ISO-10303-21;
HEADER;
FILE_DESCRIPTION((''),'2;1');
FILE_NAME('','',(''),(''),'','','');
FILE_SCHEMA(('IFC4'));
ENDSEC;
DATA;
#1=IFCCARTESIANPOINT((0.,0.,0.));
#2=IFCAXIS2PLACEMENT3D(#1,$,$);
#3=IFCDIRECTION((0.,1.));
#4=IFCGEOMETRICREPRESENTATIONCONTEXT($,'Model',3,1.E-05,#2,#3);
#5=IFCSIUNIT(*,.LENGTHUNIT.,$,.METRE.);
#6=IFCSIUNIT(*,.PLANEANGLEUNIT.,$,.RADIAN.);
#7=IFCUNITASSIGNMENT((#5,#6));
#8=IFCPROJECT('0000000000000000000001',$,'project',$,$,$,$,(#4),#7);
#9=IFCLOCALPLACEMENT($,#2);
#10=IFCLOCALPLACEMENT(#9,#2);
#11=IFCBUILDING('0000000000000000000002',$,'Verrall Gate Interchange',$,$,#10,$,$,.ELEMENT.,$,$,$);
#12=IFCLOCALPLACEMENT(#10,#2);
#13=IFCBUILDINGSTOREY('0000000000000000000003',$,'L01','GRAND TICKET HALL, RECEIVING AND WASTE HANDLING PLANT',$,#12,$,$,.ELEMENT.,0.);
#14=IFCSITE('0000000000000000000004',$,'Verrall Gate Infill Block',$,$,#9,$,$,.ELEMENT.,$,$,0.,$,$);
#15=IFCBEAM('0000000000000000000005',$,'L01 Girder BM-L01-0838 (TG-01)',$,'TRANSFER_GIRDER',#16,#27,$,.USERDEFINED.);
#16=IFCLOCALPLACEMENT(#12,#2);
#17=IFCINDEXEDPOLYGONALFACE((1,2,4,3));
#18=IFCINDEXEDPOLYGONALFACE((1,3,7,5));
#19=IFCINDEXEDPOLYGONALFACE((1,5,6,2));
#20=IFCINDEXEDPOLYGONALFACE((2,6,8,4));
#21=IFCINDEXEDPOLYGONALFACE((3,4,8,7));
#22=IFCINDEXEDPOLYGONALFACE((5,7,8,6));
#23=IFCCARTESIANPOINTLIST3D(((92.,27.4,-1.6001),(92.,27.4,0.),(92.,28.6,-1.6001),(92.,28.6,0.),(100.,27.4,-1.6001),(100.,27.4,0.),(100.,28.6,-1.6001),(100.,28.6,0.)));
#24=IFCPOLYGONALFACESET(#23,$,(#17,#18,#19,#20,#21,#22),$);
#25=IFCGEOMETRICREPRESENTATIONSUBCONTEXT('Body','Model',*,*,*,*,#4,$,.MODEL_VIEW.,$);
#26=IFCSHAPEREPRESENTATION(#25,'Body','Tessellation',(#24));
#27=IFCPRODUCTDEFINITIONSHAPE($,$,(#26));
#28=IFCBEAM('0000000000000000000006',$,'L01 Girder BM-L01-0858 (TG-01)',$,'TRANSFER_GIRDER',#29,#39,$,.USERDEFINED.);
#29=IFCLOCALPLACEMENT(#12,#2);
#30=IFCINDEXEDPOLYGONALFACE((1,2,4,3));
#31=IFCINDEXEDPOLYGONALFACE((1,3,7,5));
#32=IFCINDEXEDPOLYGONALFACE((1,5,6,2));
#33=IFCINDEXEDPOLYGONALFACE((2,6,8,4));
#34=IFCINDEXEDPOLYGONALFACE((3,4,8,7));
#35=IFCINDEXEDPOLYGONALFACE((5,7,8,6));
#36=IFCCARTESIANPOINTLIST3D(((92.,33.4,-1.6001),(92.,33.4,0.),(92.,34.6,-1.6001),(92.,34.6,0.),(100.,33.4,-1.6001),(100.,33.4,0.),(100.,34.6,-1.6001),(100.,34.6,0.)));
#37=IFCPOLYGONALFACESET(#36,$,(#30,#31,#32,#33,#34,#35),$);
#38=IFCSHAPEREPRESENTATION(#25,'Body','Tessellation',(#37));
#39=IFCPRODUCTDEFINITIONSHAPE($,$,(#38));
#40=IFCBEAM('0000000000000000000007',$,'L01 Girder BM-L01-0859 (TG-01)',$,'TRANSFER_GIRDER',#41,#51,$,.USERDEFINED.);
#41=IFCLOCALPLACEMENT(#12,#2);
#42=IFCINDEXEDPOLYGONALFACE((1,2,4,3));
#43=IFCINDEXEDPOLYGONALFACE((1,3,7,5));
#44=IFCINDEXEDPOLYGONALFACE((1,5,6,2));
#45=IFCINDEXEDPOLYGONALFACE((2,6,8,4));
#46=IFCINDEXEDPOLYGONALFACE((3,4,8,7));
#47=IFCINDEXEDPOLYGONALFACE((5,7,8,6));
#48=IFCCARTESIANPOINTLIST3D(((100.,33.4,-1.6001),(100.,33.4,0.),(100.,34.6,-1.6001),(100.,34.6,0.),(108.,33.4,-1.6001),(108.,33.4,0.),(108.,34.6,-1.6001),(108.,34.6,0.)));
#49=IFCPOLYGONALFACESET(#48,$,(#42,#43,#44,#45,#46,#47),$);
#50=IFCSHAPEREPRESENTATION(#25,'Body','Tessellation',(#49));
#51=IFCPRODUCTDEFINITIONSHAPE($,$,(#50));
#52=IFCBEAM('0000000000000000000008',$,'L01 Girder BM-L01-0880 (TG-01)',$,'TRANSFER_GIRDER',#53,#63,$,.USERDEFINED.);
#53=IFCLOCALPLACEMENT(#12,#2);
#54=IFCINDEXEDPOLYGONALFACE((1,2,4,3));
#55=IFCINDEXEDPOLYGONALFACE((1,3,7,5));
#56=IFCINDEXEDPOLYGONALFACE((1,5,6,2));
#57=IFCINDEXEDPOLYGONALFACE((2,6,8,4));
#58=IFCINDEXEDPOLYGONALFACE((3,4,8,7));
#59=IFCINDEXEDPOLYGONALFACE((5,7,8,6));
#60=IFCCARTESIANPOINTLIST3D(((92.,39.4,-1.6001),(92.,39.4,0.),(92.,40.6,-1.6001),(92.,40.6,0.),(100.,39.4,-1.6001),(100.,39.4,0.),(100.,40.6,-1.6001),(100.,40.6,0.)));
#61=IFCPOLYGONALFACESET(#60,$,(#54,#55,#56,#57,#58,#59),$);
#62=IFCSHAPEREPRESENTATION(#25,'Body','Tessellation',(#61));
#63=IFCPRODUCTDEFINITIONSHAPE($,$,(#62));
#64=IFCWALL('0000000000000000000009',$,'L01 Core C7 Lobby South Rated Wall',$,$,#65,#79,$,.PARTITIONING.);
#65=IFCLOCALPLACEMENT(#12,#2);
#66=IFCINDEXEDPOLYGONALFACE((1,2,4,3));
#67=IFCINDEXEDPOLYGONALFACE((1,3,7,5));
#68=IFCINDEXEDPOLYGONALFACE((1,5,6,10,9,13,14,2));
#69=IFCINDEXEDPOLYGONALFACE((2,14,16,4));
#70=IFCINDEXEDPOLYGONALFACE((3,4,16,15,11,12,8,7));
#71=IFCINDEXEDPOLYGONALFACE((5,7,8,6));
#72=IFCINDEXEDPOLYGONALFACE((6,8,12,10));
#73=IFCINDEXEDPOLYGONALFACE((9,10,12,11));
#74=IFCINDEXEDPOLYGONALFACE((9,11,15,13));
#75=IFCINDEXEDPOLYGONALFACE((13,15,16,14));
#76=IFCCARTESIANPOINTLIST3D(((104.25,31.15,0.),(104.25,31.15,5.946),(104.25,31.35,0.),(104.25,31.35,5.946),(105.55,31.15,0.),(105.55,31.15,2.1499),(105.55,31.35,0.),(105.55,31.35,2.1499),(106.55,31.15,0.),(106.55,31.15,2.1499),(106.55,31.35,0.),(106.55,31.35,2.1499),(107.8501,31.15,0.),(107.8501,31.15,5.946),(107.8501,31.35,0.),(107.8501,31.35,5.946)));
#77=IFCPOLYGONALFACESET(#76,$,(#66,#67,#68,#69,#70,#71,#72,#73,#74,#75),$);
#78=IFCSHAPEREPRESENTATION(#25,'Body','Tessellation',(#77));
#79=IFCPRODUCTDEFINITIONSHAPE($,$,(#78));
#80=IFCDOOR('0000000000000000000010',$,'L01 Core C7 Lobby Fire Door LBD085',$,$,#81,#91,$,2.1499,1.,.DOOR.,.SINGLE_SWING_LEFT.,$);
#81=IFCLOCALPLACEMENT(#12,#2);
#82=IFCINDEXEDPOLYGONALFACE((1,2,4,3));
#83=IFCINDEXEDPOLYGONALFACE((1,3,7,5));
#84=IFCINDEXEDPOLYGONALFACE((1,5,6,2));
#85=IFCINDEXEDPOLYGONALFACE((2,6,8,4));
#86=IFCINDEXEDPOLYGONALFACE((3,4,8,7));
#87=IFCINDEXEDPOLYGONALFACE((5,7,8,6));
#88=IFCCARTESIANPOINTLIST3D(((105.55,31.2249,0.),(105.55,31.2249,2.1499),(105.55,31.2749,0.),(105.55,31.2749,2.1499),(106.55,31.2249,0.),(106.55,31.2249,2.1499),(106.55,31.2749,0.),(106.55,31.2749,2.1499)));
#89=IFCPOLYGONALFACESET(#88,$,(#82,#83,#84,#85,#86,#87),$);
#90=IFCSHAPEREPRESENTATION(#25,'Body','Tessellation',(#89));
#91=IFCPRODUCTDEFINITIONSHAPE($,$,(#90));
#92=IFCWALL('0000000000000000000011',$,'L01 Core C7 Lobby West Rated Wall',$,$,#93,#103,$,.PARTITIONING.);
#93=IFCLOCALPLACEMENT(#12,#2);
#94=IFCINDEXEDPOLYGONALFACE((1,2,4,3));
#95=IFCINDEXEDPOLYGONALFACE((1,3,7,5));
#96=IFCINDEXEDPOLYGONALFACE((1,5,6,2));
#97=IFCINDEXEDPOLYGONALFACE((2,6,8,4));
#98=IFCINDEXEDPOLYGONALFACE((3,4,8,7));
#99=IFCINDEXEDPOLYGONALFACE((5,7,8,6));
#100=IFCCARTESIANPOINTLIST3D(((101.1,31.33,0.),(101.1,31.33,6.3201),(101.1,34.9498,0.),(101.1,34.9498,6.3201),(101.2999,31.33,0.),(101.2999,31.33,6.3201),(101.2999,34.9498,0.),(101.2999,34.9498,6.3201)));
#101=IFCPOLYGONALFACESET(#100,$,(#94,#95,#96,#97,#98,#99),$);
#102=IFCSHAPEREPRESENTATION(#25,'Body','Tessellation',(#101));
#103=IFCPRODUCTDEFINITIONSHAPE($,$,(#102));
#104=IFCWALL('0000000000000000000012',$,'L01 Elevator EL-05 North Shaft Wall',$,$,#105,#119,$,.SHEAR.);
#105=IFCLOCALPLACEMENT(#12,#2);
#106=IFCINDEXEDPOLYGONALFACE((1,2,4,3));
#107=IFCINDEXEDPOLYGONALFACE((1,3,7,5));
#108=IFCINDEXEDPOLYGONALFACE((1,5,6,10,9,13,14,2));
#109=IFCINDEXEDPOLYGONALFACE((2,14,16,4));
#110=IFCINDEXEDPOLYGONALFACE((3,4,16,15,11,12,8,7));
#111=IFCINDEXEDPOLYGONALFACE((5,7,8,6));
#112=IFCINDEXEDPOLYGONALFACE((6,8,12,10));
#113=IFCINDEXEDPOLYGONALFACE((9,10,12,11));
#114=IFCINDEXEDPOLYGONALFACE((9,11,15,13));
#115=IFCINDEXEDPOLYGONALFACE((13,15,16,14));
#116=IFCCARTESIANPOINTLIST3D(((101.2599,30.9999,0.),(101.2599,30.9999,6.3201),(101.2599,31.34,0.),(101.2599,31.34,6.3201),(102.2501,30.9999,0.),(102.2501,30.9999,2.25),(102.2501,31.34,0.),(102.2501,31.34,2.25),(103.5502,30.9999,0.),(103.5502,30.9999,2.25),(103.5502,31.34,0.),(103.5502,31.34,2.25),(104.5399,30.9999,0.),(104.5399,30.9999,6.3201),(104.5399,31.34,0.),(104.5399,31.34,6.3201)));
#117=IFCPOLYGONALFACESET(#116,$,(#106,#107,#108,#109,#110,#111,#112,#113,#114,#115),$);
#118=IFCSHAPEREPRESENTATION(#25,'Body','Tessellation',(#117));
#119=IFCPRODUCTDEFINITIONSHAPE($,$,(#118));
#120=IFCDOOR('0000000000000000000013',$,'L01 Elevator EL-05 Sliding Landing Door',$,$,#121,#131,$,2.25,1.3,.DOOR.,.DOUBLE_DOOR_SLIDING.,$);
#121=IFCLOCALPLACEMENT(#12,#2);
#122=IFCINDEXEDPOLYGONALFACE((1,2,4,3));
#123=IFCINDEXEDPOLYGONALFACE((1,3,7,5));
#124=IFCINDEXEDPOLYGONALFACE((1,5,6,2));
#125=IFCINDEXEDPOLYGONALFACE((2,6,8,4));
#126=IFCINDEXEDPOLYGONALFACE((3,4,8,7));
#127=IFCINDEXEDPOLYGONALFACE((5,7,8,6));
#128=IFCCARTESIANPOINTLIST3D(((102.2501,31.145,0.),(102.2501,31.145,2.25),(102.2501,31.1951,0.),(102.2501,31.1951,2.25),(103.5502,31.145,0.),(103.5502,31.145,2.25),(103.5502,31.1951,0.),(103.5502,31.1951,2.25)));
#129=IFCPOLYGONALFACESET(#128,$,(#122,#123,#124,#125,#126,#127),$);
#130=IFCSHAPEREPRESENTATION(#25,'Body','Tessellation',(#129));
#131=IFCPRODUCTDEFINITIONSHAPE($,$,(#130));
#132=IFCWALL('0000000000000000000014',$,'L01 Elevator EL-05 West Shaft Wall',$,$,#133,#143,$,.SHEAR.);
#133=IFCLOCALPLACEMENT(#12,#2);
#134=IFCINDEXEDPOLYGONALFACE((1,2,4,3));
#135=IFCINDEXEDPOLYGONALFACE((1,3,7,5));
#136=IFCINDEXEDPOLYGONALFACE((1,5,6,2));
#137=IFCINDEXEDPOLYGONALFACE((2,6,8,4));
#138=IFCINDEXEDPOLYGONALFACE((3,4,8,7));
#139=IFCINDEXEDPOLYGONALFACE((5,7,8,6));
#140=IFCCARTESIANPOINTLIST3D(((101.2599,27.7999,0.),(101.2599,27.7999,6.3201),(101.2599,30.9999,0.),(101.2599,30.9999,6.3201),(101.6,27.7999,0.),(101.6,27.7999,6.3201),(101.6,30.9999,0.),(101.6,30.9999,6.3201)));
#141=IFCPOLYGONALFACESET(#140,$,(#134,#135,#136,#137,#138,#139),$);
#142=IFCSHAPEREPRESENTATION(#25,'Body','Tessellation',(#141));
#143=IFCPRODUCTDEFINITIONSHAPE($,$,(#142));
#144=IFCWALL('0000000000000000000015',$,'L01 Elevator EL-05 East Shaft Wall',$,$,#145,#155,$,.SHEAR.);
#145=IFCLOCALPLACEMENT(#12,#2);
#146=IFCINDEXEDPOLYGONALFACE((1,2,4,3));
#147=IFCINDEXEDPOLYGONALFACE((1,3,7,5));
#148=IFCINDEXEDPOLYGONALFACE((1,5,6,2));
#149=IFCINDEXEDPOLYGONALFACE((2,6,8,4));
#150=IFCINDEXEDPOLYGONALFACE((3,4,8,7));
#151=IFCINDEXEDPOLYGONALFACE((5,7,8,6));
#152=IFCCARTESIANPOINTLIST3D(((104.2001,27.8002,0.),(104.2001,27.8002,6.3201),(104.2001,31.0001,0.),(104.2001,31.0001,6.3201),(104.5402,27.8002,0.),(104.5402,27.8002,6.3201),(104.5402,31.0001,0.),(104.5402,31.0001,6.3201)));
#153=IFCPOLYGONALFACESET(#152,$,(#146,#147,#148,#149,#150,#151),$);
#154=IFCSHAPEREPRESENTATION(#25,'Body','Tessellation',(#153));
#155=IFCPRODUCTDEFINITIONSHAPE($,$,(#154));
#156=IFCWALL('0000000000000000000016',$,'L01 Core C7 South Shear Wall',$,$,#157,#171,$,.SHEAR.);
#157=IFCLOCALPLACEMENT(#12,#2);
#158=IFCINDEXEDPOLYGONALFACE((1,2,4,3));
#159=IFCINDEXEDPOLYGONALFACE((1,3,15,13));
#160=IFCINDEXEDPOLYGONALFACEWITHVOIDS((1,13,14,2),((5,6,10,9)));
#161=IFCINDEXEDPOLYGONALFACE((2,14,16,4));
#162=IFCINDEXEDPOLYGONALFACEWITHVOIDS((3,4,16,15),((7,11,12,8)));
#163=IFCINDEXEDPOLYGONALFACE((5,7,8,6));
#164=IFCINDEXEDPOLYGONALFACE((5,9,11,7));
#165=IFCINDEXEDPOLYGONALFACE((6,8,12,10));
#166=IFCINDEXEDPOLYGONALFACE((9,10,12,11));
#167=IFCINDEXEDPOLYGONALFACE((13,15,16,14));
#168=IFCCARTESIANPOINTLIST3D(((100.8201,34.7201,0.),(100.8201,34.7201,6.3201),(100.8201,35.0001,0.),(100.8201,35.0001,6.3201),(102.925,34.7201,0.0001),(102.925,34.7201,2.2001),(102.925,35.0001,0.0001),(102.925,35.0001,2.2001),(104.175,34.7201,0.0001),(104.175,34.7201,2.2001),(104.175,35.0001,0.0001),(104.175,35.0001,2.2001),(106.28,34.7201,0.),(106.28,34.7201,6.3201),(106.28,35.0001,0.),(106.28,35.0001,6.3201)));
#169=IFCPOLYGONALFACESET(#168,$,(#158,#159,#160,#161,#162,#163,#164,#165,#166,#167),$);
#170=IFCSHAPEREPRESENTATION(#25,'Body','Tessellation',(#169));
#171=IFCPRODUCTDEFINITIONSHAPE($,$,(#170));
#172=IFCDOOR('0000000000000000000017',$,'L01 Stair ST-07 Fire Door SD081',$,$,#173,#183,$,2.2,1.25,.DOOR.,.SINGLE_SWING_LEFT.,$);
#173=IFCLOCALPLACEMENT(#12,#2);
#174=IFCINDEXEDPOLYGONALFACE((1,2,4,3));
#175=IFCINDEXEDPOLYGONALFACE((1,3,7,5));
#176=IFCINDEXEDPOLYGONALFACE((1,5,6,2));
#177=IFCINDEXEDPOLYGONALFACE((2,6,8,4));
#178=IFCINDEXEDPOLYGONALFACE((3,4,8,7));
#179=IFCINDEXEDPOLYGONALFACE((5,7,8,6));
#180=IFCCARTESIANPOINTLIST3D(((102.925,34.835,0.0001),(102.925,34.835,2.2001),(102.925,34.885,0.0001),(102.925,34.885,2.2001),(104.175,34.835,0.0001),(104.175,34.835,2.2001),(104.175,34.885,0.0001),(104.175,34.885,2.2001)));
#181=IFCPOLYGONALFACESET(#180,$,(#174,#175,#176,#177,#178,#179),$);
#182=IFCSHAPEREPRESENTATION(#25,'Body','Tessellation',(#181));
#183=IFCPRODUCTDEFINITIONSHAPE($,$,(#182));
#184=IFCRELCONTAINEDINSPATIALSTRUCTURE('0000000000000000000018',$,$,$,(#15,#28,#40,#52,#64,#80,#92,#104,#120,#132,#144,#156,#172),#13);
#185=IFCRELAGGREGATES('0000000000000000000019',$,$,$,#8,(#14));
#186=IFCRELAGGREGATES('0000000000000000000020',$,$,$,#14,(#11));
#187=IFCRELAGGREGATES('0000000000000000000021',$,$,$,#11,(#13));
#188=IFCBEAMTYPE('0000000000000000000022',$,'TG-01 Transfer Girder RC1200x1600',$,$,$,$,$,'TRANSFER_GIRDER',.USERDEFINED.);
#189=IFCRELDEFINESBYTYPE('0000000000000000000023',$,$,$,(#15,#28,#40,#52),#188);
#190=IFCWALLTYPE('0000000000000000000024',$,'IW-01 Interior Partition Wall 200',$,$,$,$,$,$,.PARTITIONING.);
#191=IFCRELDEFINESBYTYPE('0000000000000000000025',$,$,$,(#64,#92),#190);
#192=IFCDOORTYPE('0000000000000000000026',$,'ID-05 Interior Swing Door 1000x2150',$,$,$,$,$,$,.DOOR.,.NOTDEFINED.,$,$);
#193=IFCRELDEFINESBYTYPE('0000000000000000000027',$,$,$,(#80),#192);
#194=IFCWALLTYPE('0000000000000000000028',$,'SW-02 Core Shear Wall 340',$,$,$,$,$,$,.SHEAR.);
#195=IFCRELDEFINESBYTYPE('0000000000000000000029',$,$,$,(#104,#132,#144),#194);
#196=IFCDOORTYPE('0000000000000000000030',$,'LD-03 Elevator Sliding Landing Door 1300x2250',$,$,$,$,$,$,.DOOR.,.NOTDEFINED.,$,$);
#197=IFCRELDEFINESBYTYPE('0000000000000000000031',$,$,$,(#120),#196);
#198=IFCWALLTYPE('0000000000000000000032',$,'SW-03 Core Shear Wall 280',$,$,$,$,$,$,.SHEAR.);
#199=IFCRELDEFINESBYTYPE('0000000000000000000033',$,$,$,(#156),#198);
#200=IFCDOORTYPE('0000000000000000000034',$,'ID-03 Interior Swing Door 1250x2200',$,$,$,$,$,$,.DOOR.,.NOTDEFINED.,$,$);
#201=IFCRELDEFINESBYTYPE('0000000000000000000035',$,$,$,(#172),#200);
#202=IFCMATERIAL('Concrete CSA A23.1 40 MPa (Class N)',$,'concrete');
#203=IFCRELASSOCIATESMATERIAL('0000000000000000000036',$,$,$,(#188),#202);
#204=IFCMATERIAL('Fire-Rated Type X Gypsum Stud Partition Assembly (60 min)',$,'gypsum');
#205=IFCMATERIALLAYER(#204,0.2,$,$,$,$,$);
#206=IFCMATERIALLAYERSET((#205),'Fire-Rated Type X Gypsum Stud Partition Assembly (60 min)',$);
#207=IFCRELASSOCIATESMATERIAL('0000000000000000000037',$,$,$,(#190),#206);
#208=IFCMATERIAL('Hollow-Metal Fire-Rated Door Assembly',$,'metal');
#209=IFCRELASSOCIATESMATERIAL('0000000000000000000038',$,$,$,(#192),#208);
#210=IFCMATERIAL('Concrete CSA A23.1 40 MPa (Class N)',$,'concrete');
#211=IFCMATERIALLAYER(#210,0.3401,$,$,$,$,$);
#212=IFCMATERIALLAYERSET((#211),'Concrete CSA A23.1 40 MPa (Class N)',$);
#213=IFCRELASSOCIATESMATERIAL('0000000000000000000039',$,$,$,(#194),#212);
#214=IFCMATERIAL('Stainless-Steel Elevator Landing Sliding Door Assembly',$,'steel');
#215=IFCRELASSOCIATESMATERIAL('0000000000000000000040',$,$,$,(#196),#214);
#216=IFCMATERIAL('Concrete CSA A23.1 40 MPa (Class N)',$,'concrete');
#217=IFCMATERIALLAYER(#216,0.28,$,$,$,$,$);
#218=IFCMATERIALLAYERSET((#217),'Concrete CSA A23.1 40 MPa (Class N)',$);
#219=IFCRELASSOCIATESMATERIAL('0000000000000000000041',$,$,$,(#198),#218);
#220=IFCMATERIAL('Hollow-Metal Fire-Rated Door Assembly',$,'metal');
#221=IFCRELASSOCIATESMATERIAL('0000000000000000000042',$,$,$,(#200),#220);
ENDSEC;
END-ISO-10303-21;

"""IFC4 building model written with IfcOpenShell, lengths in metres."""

from ifc_helpers import new_model, si_unit, direction, frame, frame_2d, origin, origin_2d, place, context, subcontext, project, spatial, rectangle, extrude, material, layer, layer_set, material_profile, profile_set, type_object, element, fill, save


model = new_model("IFC4")

# Units and contexts
model_context = context("Model", 3, precision=1e-05, world=origin(), true_north=direction((0.0, 1.0)))
body_context = subcontext(model_context, "Body", "Model", "MODEL_VIEW")
ifc_project = project(units=[si_unit("LENGTHUNIT", "METRE"), si_unit("PLANEANGLEUNIT", "RADIAN")], contexts=[model_context])

# Site, building, storey
site_placement = place(None, origin())
site = spatial("IfcSite", under=ifc_project, at=site_placement, Name="Verrall Gate Infill Block", CompositionType="ELEMENT", RefElevation=0.0)
building_placement = place(site_placement, origin())
building = spatial("IfcBuilding", under=site, at=building_placement, Name="Verrall Gate Interchange", CompositionType="ELEMENT")
storey_placement = place(building_placement, origin())
storey = spatial("IfcBuildingStorey", under=building, at=storey_placement, Name="L01", Description="GRAND TICKET HALL, RECEIVING AND WASTE HANDLING PLANT", CompositionType="ELEMENT", Elevation=0.0)

# Beams
ifc_material_1 = material(Name="Concrete CSA A23.1 40 MPa (Class N)", Category="concrete")
ifc_material_profile_1 = material_profile(ifc_material_1, rectangle(XDim=1.2, YDim=1.6001, at=origin_2d()), Name="RC1200x1600")
ifc_profile_set_1 = profile_set([ifc_material_profile_1], Name="Concrete CSA A23.1 40 MPa (Class N)")
beam_type_1 = type_object("IfcBeamType", Name="TG-01 Transfer Girder RC1200x1600", ElementType="TRANSFER_GIRDER", PredefinedType="USERDEFINED", material=ifc_profile_set_1)
for number, where, z_axis, x_axis, name in (
    (1, (92.0, 28.0, -0.8), (1.0, 0.0, 0.0), (0.0, 1.0, 0.0), "L01 Girder BM-L01-0838 (TG-01)"),
    (2, (92.0, 34.0, -0.8), (1.0, 0.0, 0.0), (0.0, 1.0, 0.0), "L01 Girder BM-L01-0858 (TG-01)"),
    (3, (100.0, 34.0, -0.8), (1.0, 0.0, 0.0), (0.0, 1.0, 0.0), "L01 Girder BM-L01-0859 (TG-01)"),
    (4, (92.0, 40.0, -0.8), (1.0, 0.0, 0.0), (0.0, 1.0, 0.0), "L01 Girder BM-L01-0880 (TG-01)"),
):
    element("IfcBeam", number, at=place(storey_placement, frame(where, z_axis=z_axis, x_axis=x_axis)), inside=storey, type_object=beam_type_1, Name=name, ObjectType="TRANSFER_GIRDER", PredefinedType="USERDEFINED", context=body_context, shape_type="SweptSolid", body=[
        extrude(rectangle(XDim=1.2, YDim=1.6001, at=origin_2d()), origin(), (0.0, 0.0, 1.0), 8.0),
    ])

# Wall, opening, door
ifc_material_2 = material(Name="Fire-Rated Type X Gypsum Stud Partition Assembly (60 min)", Category="gypsum")
ifc_layer_1 = layer(ifc_material_2, 0.2)
ifc_layer_set_1 = layer_set([ifc_layer_1], Name="Fire-Rated Type X Gypsum Stud Partition Assembly (60 min)")
wall_type_1 = type_object("IfcWallType", Name="IW-01 Interior Partition Wall 200", PredefinedType="PARTITIONING", material=ifc_layer_set_1)
wall_1_placement = place(storey_placement, frame((104.25, 31.25, 0.0), z_axis=(0.0, 0.0, 1.0), x_axis=(1.0, 0.0, 0.0)))
wall_1 = element("IfcWall", 5, at=wall_1_placement, inside=storey, type_object=wall_type_1, Name="L01 Core C7 Lobby South Rated Wall", PredefinedType="PARTITIONING", context=body_context, shape_type="SweptSolid", body=[
    extrude(rectangle(XDim=3.6001, YDim=0.2, at=frame_2d((1.8, 0.0))), origin(), (0.0, 0.0, 1.0), 5.946),
])
opening_1_placement = place(wall_1_placement, frame((1.3, 0.0, 0.0)))
opening_1 = element("IfcOpeningElement", 6, at=opening_1_placement, cuts=wall_1, PredefinedType="OPENING", context=body_context, shape_type="SweptSolid", body=[
    extrude(rectangle(XDim=1.0, YDim=2.1499, at=frame_2d((0.5, 1.075))), frame((0.0, 0.1147, 0.0), z_axis=(0.0, -1.0, 0.0), x_axis=(1.0, 0.0, 0.0)), (0.0, 0.0, 1.0), 0.2297),
])
ifc_material_3 = material(Name="Hollow-Metal Fire-Rated Door Assembly", Category="metal")
door_type_1 = type_object("IfcDoorType", Name="ID-05 Interior Swing Door 1000x2150", OperationType="NOTDEFINED", PredefinedType="DOOR", material=ifc_material_3)
door_1_placement = place(opening_1_placement, origin())
door_1 = element("IfcDoor", 7, at=door_1_placement, inside=storey, type_object=door_type_1, Name="L01 Core C7 Lobby Fire Door LBD085", OperationType="SINGLE_SWING_LEFT", OverallHeight=2.1499, OverallWidth=1.0, PredefinedType="DOOR", context=body_context, shape_type="SweptSolid", body=[
    extrude(rectangle(XDim=1.0, YDim=2.1499, at=frame_2d((0.5, 1.075))), frame((0.0, 0.0249, 0.0), z_axis=(0.0, -1.0, 0.0), x_axis=(1.0, 0.0, 0.0)), (0.0, 0.0, 1.0), 0.05),
])
fill(opening_1, door_1)

# Wall
wall_2_placement = place(storey_placement, frame((101.2, 34.95, 0.0), z_axis=(0.0, 0.0, 1.0), x_axis=(0.0, -1.0, 0.0)))
element("IfcWall", 8, at=wall_2_placement, inside=storey, type_object=wall_type_1, Name="L01 Core C7 Lobby West Rated Wall", PredefinedType="PARTITIONING", context=body_context, shape_type="SweptSolid", body=[
    extrude(rectangle(XDim=3.6199, YDim=0.2, at=frame_2d((1.8101, 0.0))), origin(), (0.0, 0.0, 1.0), 6.3201),
])

# Wall, opening, door
ifc_material_4 = material(Name="Concrete CSA A23.1 40 MPa (Class N)", Category="concrete")
ifc_layer_2 = layer(ifc_material_4, 0.3401)
ifc_layer_set_2 = layer_set([ifc_layer_2], Name="Concrete CSA A23.1 40 MPa (Class N)")
wall_type_2 = type_object("IfcWallType", Name="SW-02 Core Shear Wall 340", PredefinedType="SHEAR", material=ifc_layer_set_2)
wall_3_placement = place(storey_placement, frame((104.54, 31.1699, 0.0), z_axis=(0.0, 0.0, 1.0), x_axis=(-1.0, 0.0, 0.0)))
wall_3 = element("IfcWall", 9, at=wall_3_placement, inside=storey, type_object=wall_type_2, Name="L01 Elevator EL-05 North Shaft Wall", PredefinedType="SHEAR", context=body_context, shape_type="SweptSolid", body=[
    extrude(rectangle(XDim=3.28, YDim=0.3401, at=frame_2d((1.6401, 0.0))), origin(), (0.0, 0.0, 1.0), 6.3201),
])
opening_2_placement = place(wall_3_placement, frame((0.99, 0.0, 0.0)))
opening_2 = element("IfcOpeningElement", 10, at=opening_2_placement, cuts=wall_3, PredefinedType="OPENING", context=body_context, shape_type="SweptSolid", body=[
    extrude(rectangle(XDim=1.3, YDim=2.25, at=frame_2d((0.6499, 1.125))), frame((0.0, 0.1851, 0.0), z_axis=(0.0, -1.0, 0.0), x_axis=(1.0, 0.0, 0.0)), (0.0, 0.0, 1.0), 0.3699),
])
ifc_material_5 = material(Name="Stainless-Steel Elevator Landing Sliding Door Assembly", Category="steel")
door_type_2 = type_object("IfcDoorType", Name="LD-03 Elevator Sliding Landing Door 1300x2250", OperationType="NOTDEFINED", PredefinedType="DOOR", material=ifc_material_5)
door_2_placement = place(opening_2_placement, origin())
door_2 = element("IfcDoor", 11, at=door_2_placement, inside=storey, type_object=door_type_2, Name="L01 Elevator EL-05 Sliding Landing Door", OperationType="DOUBLE_DOOR_SLIDING", OverallHeight=2.25, OverallWidth=1.3, PredefinedType="DOOR", context=body_context, shape_type="SweptSolid", body=[
    extrude(rectangle(XDim=1.3, YDim=2.25, at=frame_2d((0.6499, 1.125))), frame((0.0, 0.0249, 0.0), z_axis=(0.0, -1.0, 0.0), x_axis=(1.0, 0.0, 0.0)), (0.0, 0.0, 1.0), 0.05),
])
fill(opening_2, door_2)

# Walls
for number, where, z_axis, x_axis, name in (
    (12, (101.4299, 31.0, 0.0), (0.0, 0.0, 1.0), (0.0, -1.0, 0.0), "L01 Elevator EL-05 West Shaft Wall"),
    (13, (104.3701, 27.8, 0.0), (0.0, 0.0, 1.0), (0.0, 1.0, 0.0), "L01 Elevator EL-05 East Shaft Wall"),
):
    element("IfcWall", number, at=place(storey_placement, frame(where, z_axis=z_axis, x_axis=x_axis)), inside=storey, type_object=wall_type_2, Name=name, PredefinedType="SHEAR", context=body_context, shape_type="SweptSolid", body=[
        extrude(rectangle(XDim=3.2, YDim=0.3401, at=frame_2d((1.6001, 0.0))), origin(), (0.0, 0.0, 1.0), 6.3201),
    ])

# Wall, opening, door
ifc_material_6 = material(Name="Concrete CSA A23.1 40 MPa (Class N)", Category="concrete")
ifc_layer_3 = layer(ifc_material_6, 0.28)
ifc_layer_set_3 = layer_set([ifc_layer_3], Name="Concrete CSA A23.1 40 MPa (Class N)")
wall_type_3 = type_object("IfcWallType", Name="SW-03 Core Shear Wall 280", PredefinedType="SHEAR", material=ifc_layer_set_3)
wall_4_placement = place(storey_placement, frame((100.8201, 34.8601, 0.0), z_axis=(0.0, 0.0, 1.0), x_axis=(1.0, 0.0, 0.0)))
wall_4 = element("IfcWall", 14, at=wall_4_placement, inside=storey, type_object=wall_type_3, Name="L01 Core C7 South Shear Wall", PredefinedType="SHEAR", context=body_context, shape_type="SweptSolid", body=[
    extrude(rectangle(XDim=5.46, YDim=0.28, at=frame_2d((2.73, 0.0))), origin(), (0.0, 0.0, 1.0), 6.3201),
])
opening_3_placement = place(wall_4_placement, frame((2.105, 0.0, 0.0)))
opening_3 = element("IfcOpeningElement", 15, at=opening_3_placement, cuts=wall_4, PredefinedType="OPENING", context=body_context, shape_type="SweptSolid", body=[
    extrude(rectangle(XDim=1.25, YDim=2.2, at=frame_2d((0.625, 1.1001))), frame((0.0, 0.1548, 0.0), z_axis=(0.0, -1.0, 0.0), x_axis=(1.0, 0.0, 0.0)), (0.0, 0.0, 1.0), 0.3098),
])
ifc_material_7 = material(Name="Hollow-Metal Fire-Rated Door Assembly", Category="metal")
door_type_3 = type_object("IfcDoorType", Name="ID-03 Interior Swing Door 1250x2200", OperationType="NOTDEFINED", PredefinedType="DOOR", material=ifc_material_7)
door_3_placement = place(opening_3_placement, origin())
door_3 = element("IfcDoor", 16, at=door_3_placement, inside=storey, type_object=door_type_3, Name="L01 Stair ST-07 Fire Door SD081", OperationType="SINGLE_SWING_LEFT", OverallHeight=2.2, OverallWidth=1.25, PredefinedType="DOOR", context=body_context, shape_type="SweptSolid", body=[
    extrude(rectangle(XDim=1.25, YDim=2.2, at=frame_2d((0.625, 1.1001))), frame((0.0, 0.0249, 0.0), z_axis=(0.0, -1.0, 0.0), x_axis=(1.0, 0.0, 0.0)), (0.0, 0.0, 1.0), 0.05),
])
fill(opening_3, door_3)

save(model, "model.ifc")
